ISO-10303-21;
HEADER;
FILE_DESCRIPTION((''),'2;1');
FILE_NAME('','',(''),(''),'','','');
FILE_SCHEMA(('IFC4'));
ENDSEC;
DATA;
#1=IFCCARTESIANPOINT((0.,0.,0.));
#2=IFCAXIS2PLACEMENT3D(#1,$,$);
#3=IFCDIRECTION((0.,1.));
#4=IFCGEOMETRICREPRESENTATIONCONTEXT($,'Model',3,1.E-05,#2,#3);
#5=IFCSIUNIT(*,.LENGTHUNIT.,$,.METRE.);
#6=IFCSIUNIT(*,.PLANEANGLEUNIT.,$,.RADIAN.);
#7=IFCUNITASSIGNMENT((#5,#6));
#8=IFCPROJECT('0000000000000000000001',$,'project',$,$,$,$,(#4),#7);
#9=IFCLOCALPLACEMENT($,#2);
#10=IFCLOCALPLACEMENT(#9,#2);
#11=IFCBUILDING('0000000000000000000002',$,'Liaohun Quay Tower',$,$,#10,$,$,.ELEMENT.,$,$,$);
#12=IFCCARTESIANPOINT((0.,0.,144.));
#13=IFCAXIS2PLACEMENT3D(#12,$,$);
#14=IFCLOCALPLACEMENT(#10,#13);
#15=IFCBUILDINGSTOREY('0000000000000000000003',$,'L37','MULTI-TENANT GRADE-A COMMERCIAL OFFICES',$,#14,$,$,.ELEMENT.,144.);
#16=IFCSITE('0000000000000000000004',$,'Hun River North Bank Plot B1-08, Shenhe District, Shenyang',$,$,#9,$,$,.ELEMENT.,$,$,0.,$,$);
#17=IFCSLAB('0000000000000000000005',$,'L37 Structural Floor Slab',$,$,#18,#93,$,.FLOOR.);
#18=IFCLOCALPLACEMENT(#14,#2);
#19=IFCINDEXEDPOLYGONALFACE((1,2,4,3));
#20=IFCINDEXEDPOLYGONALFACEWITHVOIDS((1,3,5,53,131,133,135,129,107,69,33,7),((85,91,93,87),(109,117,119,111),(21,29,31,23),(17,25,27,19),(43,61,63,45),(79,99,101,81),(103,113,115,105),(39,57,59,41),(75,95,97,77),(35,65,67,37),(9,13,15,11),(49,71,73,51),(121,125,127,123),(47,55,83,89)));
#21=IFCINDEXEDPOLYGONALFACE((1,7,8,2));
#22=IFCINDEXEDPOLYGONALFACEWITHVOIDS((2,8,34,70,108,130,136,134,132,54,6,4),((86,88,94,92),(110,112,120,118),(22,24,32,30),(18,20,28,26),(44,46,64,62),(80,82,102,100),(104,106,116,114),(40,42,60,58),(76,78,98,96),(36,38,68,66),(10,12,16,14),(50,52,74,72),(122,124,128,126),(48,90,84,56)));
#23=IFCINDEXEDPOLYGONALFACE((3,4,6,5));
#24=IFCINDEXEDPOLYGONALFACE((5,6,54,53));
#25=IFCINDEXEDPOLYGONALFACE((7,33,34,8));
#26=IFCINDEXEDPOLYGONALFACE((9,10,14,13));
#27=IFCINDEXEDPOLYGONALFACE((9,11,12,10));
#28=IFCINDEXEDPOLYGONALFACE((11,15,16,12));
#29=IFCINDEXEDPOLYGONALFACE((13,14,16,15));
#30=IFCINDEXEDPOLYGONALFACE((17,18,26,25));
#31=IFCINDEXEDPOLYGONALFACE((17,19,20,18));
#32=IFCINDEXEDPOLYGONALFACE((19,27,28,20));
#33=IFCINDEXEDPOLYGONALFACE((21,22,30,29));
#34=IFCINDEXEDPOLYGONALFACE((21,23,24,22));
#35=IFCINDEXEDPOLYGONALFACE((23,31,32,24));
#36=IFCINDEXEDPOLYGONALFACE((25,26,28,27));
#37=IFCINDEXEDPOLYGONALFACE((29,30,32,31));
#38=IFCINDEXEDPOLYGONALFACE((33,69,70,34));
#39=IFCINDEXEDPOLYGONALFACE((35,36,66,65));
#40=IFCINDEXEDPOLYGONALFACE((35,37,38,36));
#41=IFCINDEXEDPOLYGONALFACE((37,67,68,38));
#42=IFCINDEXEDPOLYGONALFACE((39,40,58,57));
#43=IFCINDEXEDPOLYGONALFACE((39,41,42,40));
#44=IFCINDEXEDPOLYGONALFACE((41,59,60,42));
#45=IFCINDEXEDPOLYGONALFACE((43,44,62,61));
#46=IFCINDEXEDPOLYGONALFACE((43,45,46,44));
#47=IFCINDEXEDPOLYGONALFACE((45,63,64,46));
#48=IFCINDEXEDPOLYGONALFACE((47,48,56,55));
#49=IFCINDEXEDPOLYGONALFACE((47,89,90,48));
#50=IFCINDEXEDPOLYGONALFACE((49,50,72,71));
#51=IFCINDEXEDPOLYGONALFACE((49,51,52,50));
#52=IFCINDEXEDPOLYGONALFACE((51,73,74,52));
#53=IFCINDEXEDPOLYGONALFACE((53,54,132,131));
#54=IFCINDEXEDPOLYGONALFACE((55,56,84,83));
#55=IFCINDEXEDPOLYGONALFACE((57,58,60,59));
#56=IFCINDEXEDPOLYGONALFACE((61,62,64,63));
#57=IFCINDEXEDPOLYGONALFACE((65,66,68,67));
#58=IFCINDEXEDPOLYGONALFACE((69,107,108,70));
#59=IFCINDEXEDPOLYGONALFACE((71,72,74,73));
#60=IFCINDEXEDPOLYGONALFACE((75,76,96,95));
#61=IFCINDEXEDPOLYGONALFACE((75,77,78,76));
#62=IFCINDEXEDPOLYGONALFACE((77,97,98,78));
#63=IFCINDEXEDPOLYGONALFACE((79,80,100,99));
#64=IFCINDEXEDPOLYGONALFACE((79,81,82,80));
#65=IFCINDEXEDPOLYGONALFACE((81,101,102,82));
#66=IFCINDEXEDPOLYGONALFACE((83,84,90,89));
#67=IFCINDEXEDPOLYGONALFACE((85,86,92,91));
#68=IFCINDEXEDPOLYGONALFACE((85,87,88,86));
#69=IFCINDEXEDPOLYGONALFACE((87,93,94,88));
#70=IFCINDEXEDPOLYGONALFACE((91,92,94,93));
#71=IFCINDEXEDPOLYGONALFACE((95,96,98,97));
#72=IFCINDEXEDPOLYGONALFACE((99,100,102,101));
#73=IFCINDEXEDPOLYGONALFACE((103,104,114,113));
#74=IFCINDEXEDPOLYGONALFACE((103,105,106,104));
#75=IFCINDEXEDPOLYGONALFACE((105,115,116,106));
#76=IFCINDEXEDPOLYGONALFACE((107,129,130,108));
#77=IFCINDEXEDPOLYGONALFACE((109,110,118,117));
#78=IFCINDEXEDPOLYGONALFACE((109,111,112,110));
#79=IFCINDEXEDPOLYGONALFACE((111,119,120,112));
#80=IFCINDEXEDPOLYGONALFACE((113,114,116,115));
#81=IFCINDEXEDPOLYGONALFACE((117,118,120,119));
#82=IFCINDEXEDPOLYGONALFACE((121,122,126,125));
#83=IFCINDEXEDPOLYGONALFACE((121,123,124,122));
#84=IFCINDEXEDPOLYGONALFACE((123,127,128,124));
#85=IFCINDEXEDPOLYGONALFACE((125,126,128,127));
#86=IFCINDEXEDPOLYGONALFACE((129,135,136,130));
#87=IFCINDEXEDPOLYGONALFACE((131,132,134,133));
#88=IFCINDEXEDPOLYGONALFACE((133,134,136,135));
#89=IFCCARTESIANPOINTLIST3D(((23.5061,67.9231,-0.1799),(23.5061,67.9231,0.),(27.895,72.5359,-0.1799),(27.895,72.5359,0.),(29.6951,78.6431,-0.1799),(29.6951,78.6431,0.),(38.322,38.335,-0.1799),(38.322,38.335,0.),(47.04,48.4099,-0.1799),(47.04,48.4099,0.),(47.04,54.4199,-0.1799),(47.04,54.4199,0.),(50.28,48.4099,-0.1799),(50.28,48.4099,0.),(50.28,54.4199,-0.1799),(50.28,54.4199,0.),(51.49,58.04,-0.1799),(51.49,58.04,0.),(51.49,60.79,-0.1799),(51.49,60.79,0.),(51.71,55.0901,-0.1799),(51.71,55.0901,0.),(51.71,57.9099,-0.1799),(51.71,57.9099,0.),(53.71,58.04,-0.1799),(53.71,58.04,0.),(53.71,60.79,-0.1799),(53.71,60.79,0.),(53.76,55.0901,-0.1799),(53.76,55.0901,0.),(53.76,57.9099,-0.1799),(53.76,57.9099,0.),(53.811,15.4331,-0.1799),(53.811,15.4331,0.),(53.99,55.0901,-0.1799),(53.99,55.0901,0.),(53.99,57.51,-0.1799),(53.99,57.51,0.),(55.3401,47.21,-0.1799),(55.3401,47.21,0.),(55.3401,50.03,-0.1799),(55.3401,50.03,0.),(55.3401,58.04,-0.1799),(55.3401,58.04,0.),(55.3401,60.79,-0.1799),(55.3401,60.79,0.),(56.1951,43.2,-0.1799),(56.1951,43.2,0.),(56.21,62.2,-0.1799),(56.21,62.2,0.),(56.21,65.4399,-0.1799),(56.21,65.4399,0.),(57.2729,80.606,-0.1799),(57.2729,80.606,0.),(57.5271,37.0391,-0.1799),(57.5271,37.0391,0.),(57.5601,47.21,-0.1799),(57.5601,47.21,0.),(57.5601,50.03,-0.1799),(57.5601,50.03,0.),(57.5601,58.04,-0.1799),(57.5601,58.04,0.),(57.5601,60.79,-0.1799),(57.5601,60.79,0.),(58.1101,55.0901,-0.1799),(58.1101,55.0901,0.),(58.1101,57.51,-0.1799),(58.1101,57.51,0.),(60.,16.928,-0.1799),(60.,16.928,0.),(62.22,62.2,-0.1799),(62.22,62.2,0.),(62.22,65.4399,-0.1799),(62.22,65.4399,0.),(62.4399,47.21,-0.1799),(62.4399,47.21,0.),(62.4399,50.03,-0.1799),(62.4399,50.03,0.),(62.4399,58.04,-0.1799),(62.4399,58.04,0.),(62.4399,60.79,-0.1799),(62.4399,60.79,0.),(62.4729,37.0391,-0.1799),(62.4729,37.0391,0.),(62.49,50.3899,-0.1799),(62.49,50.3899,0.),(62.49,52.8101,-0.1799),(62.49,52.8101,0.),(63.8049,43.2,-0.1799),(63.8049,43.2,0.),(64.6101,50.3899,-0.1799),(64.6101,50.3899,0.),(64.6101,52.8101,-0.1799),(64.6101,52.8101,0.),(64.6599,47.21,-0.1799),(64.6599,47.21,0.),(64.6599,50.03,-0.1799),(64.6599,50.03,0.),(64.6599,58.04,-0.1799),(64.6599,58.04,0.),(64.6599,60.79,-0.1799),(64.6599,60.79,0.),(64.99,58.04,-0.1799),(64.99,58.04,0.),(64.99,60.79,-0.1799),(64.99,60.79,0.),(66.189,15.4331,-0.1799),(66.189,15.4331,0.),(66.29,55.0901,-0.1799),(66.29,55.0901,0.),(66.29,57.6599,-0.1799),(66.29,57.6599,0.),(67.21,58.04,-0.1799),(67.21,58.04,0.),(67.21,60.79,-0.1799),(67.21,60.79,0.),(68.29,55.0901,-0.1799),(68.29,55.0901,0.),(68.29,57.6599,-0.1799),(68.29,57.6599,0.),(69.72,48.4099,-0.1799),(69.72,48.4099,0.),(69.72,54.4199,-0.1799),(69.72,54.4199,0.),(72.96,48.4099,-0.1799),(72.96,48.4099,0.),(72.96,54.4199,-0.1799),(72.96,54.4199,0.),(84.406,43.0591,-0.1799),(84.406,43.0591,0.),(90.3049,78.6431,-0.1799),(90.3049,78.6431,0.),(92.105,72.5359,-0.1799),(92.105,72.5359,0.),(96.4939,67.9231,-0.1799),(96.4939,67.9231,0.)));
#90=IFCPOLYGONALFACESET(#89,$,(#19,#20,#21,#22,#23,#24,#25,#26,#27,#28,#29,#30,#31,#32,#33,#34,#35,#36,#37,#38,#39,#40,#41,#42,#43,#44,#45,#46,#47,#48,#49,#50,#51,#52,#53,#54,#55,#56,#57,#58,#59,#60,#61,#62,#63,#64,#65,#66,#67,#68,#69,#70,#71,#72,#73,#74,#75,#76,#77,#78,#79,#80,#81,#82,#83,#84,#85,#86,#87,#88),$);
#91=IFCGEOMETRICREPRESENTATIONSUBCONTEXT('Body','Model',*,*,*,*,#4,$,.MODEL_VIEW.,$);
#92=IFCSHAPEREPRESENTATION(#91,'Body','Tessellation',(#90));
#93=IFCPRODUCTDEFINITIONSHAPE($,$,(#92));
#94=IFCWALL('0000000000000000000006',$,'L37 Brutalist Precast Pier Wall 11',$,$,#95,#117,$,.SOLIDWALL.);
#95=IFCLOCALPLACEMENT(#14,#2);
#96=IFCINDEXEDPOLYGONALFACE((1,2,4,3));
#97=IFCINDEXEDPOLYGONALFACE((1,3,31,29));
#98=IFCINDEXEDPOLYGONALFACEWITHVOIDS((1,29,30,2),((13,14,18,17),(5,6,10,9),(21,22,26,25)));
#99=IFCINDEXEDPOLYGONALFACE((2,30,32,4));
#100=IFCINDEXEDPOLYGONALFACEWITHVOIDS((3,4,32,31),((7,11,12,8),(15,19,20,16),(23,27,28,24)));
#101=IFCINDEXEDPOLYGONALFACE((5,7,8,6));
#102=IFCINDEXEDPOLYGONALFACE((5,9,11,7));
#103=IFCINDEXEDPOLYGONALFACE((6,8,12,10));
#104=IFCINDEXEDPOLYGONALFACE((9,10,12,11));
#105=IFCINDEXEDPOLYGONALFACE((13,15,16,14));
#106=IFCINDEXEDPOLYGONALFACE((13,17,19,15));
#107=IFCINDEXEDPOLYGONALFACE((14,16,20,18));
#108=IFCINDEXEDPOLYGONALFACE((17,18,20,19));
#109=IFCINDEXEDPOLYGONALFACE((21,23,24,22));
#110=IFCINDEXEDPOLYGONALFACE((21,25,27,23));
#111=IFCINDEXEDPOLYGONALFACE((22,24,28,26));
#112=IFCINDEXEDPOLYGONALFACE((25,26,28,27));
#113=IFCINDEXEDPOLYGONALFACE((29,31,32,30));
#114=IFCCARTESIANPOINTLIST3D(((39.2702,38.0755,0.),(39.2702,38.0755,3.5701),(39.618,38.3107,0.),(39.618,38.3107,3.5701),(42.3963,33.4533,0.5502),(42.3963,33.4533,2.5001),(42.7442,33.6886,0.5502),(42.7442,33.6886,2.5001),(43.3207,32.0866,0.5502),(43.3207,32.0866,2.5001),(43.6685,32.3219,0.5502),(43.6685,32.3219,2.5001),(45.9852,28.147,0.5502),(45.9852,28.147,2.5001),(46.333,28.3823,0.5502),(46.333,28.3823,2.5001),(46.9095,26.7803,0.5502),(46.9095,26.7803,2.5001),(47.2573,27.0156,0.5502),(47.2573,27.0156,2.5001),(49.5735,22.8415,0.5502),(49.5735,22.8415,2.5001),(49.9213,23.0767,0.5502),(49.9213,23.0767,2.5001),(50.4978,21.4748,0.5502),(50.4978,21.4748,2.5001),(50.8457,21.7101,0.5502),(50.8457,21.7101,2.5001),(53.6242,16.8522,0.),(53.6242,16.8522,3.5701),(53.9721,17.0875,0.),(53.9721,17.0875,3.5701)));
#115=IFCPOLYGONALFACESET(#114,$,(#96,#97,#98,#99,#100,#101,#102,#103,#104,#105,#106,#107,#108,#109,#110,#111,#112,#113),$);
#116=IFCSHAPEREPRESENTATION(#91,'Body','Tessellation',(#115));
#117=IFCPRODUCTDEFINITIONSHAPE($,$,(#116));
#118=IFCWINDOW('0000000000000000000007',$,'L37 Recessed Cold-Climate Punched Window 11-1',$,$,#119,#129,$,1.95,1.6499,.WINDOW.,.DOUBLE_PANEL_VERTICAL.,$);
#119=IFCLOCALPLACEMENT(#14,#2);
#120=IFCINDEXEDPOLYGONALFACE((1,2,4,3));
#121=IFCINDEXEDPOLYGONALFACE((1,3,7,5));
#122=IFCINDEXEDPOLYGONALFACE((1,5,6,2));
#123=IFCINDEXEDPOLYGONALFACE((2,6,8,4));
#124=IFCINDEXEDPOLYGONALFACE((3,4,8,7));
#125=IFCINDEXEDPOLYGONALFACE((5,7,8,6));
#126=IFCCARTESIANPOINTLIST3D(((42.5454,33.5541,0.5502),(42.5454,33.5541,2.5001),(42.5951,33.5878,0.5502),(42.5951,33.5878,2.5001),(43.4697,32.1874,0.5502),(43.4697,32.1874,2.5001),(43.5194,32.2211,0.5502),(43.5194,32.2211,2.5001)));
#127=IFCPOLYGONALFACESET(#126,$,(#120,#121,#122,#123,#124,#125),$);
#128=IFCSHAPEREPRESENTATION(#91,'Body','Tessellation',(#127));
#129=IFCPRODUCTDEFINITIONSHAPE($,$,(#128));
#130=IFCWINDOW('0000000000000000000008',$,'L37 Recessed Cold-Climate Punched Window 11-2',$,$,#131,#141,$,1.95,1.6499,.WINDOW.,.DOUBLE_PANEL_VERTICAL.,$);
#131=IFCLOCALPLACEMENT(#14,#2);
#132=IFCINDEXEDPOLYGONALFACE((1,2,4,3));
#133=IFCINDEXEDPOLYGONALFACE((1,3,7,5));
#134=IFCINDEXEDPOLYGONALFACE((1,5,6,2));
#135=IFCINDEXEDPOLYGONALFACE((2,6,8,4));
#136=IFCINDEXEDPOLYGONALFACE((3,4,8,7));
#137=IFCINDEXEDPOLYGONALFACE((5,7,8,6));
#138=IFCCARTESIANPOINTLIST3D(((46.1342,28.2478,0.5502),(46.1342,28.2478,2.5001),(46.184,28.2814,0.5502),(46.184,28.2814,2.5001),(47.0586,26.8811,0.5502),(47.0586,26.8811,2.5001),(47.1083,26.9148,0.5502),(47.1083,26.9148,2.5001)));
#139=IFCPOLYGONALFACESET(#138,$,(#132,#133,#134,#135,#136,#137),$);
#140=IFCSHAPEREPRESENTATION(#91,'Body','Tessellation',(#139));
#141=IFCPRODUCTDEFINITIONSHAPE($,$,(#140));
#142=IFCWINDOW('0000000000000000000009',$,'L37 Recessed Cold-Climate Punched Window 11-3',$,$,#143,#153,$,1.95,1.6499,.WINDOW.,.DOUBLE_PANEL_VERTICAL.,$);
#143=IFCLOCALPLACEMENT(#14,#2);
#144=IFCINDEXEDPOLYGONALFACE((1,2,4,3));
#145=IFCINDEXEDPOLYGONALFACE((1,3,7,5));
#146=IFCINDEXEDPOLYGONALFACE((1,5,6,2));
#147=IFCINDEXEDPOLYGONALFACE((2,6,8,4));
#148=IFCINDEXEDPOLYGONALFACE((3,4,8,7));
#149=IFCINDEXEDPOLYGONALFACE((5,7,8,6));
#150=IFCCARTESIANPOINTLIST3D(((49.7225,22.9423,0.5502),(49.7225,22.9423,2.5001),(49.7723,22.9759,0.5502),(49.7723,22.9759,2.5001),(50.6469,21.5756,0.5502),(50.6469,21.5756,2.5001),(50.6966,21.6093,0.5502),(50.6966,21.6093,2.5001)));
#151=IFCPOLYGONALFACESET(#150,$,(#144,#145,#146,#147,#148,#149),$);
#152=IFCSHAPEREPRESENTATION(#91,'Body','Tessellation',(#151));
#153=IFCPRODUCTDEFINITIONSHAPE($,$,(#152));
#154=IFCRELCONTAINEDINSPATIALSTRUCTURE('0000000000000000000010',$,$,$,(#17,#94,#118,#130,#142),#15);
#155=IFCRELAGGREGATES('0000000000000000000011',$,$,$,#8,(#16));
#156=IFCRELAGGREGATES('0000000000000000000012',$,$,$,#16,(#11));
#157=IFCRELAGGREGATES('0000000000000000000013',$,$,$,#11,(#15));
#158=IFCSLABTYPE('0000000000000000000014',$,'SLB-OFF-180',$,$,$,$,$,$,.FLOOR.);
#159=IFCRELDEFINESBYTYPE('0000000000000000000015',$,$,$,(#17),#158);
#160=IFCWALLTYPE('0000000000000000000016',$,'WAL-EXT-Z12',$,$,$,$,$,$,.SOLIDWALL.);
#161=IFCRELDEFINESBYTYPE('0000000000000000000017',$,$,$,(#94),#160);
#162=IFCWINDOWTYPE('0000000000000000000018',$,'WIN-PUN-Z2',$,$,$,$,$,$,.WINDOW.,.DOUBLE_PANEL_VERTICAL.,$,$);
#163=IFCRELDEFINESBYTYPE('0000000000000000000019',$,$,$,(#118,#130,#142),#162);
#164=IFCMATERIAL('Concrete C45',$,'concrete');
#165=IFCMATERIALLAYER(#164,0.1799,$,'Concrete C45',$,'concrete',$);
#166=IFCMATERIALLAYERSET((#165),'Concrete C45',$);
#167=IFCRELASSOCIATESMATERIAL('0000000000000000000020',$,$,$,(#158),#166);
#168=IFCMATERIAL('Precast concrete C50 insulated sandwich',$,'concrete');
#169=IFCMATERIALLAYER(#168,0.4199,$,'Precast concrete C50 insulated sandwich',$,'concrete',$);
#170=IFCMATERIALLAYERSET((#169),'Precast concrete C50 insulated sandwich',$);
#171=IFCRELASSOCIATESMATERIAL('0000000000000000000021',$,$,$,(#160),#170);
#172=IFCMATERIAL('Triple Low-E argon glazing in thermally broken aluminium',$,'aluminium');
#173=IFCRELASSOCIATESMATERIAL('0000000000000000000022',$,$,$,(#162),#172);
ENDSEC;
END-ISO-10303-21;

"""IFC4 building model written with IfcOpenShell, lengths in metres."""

from ifc_helpers import new_model, si_unit, direction, frame, frame_2d, origin, place, context, subcontext, project, spatial, polyline, rectangle, outline, extrude, source, transform, mapped, material, layer, layer_set, type_object, element, fill, save


model = new_model("IFC4")

# Units and contexts
model_context = context("Model", 3, precision=1e-05, world=origin(), true_north=direction((0.0, 1.0)))
body_context = subcontext(model_context, "Body", "Model", "MODEL_VIEW")
ifc_project = project(units=[si_unit("LENGTHUNIT", "METRE"), si_unit("PLANEANGLEUNIT", "RADIAN")], contexts=[model_context])

# Site, building, storey
site_placement = place(None, origin())
site = spatial("IfcSite", under=ifc_project, at=site_placement, Name="Hun River North Bank Plot B1-08, Shenhe District, Shenyang", CompositionType="ELEMENT", RefElevation=0.0)
building_placement = place(site_placement, origin())
building = spatial("IfcBuilding", under=site, at=building_placement, Name="Liaohun Quay Tower", CompositionType="ELEMENT")
storey_placement = place(building_placement, frame((0.0, 0.0, 144.0)))
storey = spatial("IfcBuildingStorey", under=building, at=storey_placement, Name="L37", Description="MULTI-TENANT GRADE-A COMMERCIAL OFFICES", CompositionType="ELEMENT", Elevation=144.0)

# Shared definitions
ifc_material_1 = material(Name="Concrete C45", Category="concrete")

# Slab
ifc_layer_1 = layer(ifc_material_1, 0.1799, Name="Concrete C45", Category="concrete")
ifc_layer_set_1 = layer_set([ifc_layer_1], Name="Concrete C45")
slab_type_1 = type_object("IfcSlabType", Name="SLB-OFF-180", PredefinedType="FLOOR", material=ifc_layer_set_1)
slab_1_placement = place(storey_placement, frame((0.0, 0.0, -0.1799)))
element("IfcSlab", 1, at=slab_1_placement, inside=storey, type_object=slab_type_1, Name="L37 Structural Floor Slab", PredefinedType="FLOOR", context=body_context, shape_type="SweptSolid", body=[
    extrude(outline(polyline([(53.811, 15.4331), (60.0, 16.928), (66.189, 15.4331), (84.406, 43.0591), (96.4939, 67.9231), (92.105, 72.5359), (90.3049, 78.6431), (57.2729, 80.606), (29.6951, 78.6431), (27.895, 72.5359), (23.5061, 67.9231), (38.322, 38.335), (53.811, 15.4331)]), holes=[polyline([(57.5601, 50.03), (55.3401, 50.03), (55.3401, 47.21), (57.5601, 47.21), (57.5601, 50.03)]), polyline([(50.28, 54.4199), (47.04, 54.4199), (47.04, 48.4099), (50.28, 48.4099), (50.28, 54.4199)]), polyline([(53.99, 55.0901), (58.1101, 55.0901), (58.1101, 57.51), (53.99, 57.51), (53.99, 55.0901)]), polyline([(53.76, 55.0901), (53.76, 57.9099), (51.71, 57.9099), (51.71, 55.0901), (53.76, 55.0901)]), polyline([(53.71, 58.04), (53.71, 60.79), (51.49, 60.79), (51.49, 58.04), (53.71, 58.04)]), polyline([(57.5601, 58.04), (57.5601, 60.79), (55.3401, 60.79), (55.3401, 58.04), (57.5601, 58.04)]), polyline([(62.22, 62.2), (62.22, 65.4399), (56.21, 65.4399), (56.21, 62.2), (62.22, 62.2)]), polyline([(62.4729, 37.0391), (63.8049, 43.2), (56.1951, 43.2), (57.5271, 37.0391), (62.4729, 37.0391)]), polyline([(64.6599, 47.21), (64.6599, 50.03), (62.4399, 50.03), (62.4399, 47.21), (64.6599, 47.21)]), polyline([(72.96, 54.4199), (69.72, 54.4199), (69.72, 48.4099), (72.96, 48.4099), (72.96, 54.4199)]), polyline([(64.6101, 50.3899), (64.6101, 52.8101), (62.49, 52.8101), (62.49, 50.3899), (64.6101, 50.3899)]), polyline([(68.29, 55.0901), (68.29, 57.6599), (66.29, 57.6599), (66.29, 55.0901), (68.29, 55.0901)]), polyline([(64.6599, 58.04), (64.6599, 60.79), (62.4399, 60.79), (62.4399, 58.04), (64.6599, 58.04)]), polyline([(67.21, 58.04), (67.21, 60.79), (64.99, 60.79), (64.99, 58.04), (67.21, 58.04)])]), origin(), (0.0, 0.0, 1.0), 0.1799),
])

# Wall, openings, windows
ifc_material_2 = material(Name="Precast concrete C50 insulated sandwich", Category="concrete")
ifc_layer_2 = layer(ifc_material_2, 0.4199, Name="Precast concrete C50 insulated sandwich", Category="concrete")
ifc_layer_set_2 = layer_set([ifc_layer_2], Name="Precast concrete C50 insulated sandwich")
wall_type_1 = type_object("IfcWallType", Name="WAL-EXT-Z12", PredefinedType="SOLIDWALL", material=ifc_layer_set_2)
wall_1_placement = place(storey_placement, frame((39.4441, 38.1931, 0.0), z_axis=(0.0, 0.0, 1.0), x_axis=(0.560234, -0.828335, 0.0)))
wall_1 = element("IfcWall", 2, at=wall_1_placement, inside=storey, type_object=wall_type_1, Name="L37 Brutalist Precast Pier Wall 11", PredefinedType="SOLIDWALL", context=body_context, shape_type="SweptSolid", body=[
    extrude(rectangle(XDim=25.6216, YDim=0.4199, at=frame_2d((12.8108, 0.0))), origin(), (0.0, 0.0, 1.0), 3.5701),
])
shared_shape_1 = source(origin(), body_context, "Body", "SweptSolid", [
    extrude(rectangle(XDim=1.6499, YDim=1.95, at=frame_2d((0.825, 0.9751))), frame((0.0, 0.22, 0.0), z_axis=(0.0, -1.0, 0.0), x_axis=(1.0, 0.0, 0.0)), (0.0, 0.0, 1.0), 0.4399),
])
opening_1_placement = place(wall_1_placement, frame((5.5801, 0.0, 0.55)))
opening_1 = element("IfcOpeningElement", 3, at=opening_1_placement, cuts=wall_1, PredefinedType="OPENING", context=body_context, shape_type="MappedRepresentation", body=[
    mapped(shared_shape_1, transform((0.0, 0.0, 0.0), x_axis=(1.0, 0.0, 0.0), y_axis=(0.0, 1.0, 0.0), z_axis=(0.0, 0.0, 1.0), scale=1.0)),
])
opening_2_placement = place(wall_1_placement, frame((11.9861, 0.0, 0.55)))
opening_2 = element("IfcOpeningElement", 4, at=opening_2_placement, cuts=wall_1, PredefinedType="OPENING", context=body_context, shape_type="MappedRepresentation", body=[
    mapped(shared_shape_1, transform((0.0, 0.0, 0.0), x_axis=(1.0, 0.0, 0.0), y_axis=(0.0, 1.0, 0.0), z_axis=(0.0, 0.0, 1.0), scale=1.0)),
])
opening_3_placement = place(wall_1_placement, frame((18.3911, 0.0, 0.55)))
opening_3 = element("IfcOpeningElement", 5, at=opening_3_placement, cuts=wall_1, PredefinedType="OPENING", context=body_context, shape_type="MappedRepresentation", body=[
    mapped(shared_shape_1, transform((0.0, 0.0, 0.0), x_axis=(1.0, 0.0, 0.0), y_axis=(0.0, 1.0, 0.0), z_axis=(0.0, 0.0, 1.0), scale=1.0)),
])
ifc_material_3 = material(Name="Triple Low-E argon glazing in thermally broken aluminium", Category="aluminium")
window_type = type_object("IfcWindowType", Name="WIN-PUN-Z2", PartitioningType="DOUBLE_PANEL_VERTICAL", PredefinedType="WINDOW", material=ifc_material_3)
shared_shape_2 = source(origin(), body_context, "Body", "SweptSolid", [
    extrude(rectangle(XDim=1.6499, YDim=1.95, at=frame_2d((0.825, 0.9751))), frame((0.0, 0.03, 0.0), z_axis=(0.0, -1.0, 0.0), x_axis=(1.0, 0.0, 0.0)), (0.0, 0.0, 1.0), 0.0601),
])
window_1_placement = place(opening_1_placement, origin())
window_1 = element("IfcWindow", 6, at=window_1_placement, inside=storey, type_object=window_type, Name="L37 Recessed Cold-Climate Punched Window 11-1", OverallHeight=1.95, OverallWidth=1.6499, PartitioningType="DOUBLE_PANEL_VERTICAL", PredefinedType="WINDOW", context=body_context, shape_type="MappedRepresentation", body=[
    mapped(shared_shape_2, transform((0.0, 0.0, 0.0), x_axis=(1.0, 0.0, 0.0), y_axis=(0.0, 1.0, 0.0), z_axis=(0.0, 0.0, 1.0), scale=1.0)),
])
fill(opening_1, window_1)
window_2_placement = place(opening_2_placement, origin())
window_2 = element("IfcWindow", 7, at=window_2_placement, inside=storey, type_object=window_type, Name="L37 Recessed Cold-Climate Punched Window 11-2", OverallHeight=1.95, OverallWidth=1.6499, PartitioningType="DOUBLE_PANEL_VERTICAL", PredefinedType="WINDOW", context=body_context, shape_type="MappedRepresentation", body=[
    mapped(shared_shape_2, transform((0.0, 0.0, 0.0), x_axis=(1.0, 0.0, 0.0), y_axis=(0.0, 1.0, 0.0), z_axis=(0.0, 0.0, 1.0), scale=1.0)),
])
fill(opening_2, window_2)
window_3_placement = place(opening_3_placement, origin())
window_3 = element("IfcWindow", 8, at=window_3_placement, inside=storey, type_object=window_type, Name="L37 Recessed Cold-Climate Punched Window 11-3", OverallHeight=1.95, OverallWidth=1.6499, PartitioningType="DOUBLE_PANEL_VERTICAL", PredefinedType="WINDOW", context=body_context, shape_type="MappedRepresentation", body=[
    mapped(shared_shape_2, transform((0.0, 0.0, 0.0), x_axis=(1.0, 0.0, 0.0), y_axis=(0.0, 1.0, 0.0), z_axis=(0.0, 0.0, 1.0), scale=1.0)),
])
fill(opening_3, window_3)

save(model, "model.ifc")
